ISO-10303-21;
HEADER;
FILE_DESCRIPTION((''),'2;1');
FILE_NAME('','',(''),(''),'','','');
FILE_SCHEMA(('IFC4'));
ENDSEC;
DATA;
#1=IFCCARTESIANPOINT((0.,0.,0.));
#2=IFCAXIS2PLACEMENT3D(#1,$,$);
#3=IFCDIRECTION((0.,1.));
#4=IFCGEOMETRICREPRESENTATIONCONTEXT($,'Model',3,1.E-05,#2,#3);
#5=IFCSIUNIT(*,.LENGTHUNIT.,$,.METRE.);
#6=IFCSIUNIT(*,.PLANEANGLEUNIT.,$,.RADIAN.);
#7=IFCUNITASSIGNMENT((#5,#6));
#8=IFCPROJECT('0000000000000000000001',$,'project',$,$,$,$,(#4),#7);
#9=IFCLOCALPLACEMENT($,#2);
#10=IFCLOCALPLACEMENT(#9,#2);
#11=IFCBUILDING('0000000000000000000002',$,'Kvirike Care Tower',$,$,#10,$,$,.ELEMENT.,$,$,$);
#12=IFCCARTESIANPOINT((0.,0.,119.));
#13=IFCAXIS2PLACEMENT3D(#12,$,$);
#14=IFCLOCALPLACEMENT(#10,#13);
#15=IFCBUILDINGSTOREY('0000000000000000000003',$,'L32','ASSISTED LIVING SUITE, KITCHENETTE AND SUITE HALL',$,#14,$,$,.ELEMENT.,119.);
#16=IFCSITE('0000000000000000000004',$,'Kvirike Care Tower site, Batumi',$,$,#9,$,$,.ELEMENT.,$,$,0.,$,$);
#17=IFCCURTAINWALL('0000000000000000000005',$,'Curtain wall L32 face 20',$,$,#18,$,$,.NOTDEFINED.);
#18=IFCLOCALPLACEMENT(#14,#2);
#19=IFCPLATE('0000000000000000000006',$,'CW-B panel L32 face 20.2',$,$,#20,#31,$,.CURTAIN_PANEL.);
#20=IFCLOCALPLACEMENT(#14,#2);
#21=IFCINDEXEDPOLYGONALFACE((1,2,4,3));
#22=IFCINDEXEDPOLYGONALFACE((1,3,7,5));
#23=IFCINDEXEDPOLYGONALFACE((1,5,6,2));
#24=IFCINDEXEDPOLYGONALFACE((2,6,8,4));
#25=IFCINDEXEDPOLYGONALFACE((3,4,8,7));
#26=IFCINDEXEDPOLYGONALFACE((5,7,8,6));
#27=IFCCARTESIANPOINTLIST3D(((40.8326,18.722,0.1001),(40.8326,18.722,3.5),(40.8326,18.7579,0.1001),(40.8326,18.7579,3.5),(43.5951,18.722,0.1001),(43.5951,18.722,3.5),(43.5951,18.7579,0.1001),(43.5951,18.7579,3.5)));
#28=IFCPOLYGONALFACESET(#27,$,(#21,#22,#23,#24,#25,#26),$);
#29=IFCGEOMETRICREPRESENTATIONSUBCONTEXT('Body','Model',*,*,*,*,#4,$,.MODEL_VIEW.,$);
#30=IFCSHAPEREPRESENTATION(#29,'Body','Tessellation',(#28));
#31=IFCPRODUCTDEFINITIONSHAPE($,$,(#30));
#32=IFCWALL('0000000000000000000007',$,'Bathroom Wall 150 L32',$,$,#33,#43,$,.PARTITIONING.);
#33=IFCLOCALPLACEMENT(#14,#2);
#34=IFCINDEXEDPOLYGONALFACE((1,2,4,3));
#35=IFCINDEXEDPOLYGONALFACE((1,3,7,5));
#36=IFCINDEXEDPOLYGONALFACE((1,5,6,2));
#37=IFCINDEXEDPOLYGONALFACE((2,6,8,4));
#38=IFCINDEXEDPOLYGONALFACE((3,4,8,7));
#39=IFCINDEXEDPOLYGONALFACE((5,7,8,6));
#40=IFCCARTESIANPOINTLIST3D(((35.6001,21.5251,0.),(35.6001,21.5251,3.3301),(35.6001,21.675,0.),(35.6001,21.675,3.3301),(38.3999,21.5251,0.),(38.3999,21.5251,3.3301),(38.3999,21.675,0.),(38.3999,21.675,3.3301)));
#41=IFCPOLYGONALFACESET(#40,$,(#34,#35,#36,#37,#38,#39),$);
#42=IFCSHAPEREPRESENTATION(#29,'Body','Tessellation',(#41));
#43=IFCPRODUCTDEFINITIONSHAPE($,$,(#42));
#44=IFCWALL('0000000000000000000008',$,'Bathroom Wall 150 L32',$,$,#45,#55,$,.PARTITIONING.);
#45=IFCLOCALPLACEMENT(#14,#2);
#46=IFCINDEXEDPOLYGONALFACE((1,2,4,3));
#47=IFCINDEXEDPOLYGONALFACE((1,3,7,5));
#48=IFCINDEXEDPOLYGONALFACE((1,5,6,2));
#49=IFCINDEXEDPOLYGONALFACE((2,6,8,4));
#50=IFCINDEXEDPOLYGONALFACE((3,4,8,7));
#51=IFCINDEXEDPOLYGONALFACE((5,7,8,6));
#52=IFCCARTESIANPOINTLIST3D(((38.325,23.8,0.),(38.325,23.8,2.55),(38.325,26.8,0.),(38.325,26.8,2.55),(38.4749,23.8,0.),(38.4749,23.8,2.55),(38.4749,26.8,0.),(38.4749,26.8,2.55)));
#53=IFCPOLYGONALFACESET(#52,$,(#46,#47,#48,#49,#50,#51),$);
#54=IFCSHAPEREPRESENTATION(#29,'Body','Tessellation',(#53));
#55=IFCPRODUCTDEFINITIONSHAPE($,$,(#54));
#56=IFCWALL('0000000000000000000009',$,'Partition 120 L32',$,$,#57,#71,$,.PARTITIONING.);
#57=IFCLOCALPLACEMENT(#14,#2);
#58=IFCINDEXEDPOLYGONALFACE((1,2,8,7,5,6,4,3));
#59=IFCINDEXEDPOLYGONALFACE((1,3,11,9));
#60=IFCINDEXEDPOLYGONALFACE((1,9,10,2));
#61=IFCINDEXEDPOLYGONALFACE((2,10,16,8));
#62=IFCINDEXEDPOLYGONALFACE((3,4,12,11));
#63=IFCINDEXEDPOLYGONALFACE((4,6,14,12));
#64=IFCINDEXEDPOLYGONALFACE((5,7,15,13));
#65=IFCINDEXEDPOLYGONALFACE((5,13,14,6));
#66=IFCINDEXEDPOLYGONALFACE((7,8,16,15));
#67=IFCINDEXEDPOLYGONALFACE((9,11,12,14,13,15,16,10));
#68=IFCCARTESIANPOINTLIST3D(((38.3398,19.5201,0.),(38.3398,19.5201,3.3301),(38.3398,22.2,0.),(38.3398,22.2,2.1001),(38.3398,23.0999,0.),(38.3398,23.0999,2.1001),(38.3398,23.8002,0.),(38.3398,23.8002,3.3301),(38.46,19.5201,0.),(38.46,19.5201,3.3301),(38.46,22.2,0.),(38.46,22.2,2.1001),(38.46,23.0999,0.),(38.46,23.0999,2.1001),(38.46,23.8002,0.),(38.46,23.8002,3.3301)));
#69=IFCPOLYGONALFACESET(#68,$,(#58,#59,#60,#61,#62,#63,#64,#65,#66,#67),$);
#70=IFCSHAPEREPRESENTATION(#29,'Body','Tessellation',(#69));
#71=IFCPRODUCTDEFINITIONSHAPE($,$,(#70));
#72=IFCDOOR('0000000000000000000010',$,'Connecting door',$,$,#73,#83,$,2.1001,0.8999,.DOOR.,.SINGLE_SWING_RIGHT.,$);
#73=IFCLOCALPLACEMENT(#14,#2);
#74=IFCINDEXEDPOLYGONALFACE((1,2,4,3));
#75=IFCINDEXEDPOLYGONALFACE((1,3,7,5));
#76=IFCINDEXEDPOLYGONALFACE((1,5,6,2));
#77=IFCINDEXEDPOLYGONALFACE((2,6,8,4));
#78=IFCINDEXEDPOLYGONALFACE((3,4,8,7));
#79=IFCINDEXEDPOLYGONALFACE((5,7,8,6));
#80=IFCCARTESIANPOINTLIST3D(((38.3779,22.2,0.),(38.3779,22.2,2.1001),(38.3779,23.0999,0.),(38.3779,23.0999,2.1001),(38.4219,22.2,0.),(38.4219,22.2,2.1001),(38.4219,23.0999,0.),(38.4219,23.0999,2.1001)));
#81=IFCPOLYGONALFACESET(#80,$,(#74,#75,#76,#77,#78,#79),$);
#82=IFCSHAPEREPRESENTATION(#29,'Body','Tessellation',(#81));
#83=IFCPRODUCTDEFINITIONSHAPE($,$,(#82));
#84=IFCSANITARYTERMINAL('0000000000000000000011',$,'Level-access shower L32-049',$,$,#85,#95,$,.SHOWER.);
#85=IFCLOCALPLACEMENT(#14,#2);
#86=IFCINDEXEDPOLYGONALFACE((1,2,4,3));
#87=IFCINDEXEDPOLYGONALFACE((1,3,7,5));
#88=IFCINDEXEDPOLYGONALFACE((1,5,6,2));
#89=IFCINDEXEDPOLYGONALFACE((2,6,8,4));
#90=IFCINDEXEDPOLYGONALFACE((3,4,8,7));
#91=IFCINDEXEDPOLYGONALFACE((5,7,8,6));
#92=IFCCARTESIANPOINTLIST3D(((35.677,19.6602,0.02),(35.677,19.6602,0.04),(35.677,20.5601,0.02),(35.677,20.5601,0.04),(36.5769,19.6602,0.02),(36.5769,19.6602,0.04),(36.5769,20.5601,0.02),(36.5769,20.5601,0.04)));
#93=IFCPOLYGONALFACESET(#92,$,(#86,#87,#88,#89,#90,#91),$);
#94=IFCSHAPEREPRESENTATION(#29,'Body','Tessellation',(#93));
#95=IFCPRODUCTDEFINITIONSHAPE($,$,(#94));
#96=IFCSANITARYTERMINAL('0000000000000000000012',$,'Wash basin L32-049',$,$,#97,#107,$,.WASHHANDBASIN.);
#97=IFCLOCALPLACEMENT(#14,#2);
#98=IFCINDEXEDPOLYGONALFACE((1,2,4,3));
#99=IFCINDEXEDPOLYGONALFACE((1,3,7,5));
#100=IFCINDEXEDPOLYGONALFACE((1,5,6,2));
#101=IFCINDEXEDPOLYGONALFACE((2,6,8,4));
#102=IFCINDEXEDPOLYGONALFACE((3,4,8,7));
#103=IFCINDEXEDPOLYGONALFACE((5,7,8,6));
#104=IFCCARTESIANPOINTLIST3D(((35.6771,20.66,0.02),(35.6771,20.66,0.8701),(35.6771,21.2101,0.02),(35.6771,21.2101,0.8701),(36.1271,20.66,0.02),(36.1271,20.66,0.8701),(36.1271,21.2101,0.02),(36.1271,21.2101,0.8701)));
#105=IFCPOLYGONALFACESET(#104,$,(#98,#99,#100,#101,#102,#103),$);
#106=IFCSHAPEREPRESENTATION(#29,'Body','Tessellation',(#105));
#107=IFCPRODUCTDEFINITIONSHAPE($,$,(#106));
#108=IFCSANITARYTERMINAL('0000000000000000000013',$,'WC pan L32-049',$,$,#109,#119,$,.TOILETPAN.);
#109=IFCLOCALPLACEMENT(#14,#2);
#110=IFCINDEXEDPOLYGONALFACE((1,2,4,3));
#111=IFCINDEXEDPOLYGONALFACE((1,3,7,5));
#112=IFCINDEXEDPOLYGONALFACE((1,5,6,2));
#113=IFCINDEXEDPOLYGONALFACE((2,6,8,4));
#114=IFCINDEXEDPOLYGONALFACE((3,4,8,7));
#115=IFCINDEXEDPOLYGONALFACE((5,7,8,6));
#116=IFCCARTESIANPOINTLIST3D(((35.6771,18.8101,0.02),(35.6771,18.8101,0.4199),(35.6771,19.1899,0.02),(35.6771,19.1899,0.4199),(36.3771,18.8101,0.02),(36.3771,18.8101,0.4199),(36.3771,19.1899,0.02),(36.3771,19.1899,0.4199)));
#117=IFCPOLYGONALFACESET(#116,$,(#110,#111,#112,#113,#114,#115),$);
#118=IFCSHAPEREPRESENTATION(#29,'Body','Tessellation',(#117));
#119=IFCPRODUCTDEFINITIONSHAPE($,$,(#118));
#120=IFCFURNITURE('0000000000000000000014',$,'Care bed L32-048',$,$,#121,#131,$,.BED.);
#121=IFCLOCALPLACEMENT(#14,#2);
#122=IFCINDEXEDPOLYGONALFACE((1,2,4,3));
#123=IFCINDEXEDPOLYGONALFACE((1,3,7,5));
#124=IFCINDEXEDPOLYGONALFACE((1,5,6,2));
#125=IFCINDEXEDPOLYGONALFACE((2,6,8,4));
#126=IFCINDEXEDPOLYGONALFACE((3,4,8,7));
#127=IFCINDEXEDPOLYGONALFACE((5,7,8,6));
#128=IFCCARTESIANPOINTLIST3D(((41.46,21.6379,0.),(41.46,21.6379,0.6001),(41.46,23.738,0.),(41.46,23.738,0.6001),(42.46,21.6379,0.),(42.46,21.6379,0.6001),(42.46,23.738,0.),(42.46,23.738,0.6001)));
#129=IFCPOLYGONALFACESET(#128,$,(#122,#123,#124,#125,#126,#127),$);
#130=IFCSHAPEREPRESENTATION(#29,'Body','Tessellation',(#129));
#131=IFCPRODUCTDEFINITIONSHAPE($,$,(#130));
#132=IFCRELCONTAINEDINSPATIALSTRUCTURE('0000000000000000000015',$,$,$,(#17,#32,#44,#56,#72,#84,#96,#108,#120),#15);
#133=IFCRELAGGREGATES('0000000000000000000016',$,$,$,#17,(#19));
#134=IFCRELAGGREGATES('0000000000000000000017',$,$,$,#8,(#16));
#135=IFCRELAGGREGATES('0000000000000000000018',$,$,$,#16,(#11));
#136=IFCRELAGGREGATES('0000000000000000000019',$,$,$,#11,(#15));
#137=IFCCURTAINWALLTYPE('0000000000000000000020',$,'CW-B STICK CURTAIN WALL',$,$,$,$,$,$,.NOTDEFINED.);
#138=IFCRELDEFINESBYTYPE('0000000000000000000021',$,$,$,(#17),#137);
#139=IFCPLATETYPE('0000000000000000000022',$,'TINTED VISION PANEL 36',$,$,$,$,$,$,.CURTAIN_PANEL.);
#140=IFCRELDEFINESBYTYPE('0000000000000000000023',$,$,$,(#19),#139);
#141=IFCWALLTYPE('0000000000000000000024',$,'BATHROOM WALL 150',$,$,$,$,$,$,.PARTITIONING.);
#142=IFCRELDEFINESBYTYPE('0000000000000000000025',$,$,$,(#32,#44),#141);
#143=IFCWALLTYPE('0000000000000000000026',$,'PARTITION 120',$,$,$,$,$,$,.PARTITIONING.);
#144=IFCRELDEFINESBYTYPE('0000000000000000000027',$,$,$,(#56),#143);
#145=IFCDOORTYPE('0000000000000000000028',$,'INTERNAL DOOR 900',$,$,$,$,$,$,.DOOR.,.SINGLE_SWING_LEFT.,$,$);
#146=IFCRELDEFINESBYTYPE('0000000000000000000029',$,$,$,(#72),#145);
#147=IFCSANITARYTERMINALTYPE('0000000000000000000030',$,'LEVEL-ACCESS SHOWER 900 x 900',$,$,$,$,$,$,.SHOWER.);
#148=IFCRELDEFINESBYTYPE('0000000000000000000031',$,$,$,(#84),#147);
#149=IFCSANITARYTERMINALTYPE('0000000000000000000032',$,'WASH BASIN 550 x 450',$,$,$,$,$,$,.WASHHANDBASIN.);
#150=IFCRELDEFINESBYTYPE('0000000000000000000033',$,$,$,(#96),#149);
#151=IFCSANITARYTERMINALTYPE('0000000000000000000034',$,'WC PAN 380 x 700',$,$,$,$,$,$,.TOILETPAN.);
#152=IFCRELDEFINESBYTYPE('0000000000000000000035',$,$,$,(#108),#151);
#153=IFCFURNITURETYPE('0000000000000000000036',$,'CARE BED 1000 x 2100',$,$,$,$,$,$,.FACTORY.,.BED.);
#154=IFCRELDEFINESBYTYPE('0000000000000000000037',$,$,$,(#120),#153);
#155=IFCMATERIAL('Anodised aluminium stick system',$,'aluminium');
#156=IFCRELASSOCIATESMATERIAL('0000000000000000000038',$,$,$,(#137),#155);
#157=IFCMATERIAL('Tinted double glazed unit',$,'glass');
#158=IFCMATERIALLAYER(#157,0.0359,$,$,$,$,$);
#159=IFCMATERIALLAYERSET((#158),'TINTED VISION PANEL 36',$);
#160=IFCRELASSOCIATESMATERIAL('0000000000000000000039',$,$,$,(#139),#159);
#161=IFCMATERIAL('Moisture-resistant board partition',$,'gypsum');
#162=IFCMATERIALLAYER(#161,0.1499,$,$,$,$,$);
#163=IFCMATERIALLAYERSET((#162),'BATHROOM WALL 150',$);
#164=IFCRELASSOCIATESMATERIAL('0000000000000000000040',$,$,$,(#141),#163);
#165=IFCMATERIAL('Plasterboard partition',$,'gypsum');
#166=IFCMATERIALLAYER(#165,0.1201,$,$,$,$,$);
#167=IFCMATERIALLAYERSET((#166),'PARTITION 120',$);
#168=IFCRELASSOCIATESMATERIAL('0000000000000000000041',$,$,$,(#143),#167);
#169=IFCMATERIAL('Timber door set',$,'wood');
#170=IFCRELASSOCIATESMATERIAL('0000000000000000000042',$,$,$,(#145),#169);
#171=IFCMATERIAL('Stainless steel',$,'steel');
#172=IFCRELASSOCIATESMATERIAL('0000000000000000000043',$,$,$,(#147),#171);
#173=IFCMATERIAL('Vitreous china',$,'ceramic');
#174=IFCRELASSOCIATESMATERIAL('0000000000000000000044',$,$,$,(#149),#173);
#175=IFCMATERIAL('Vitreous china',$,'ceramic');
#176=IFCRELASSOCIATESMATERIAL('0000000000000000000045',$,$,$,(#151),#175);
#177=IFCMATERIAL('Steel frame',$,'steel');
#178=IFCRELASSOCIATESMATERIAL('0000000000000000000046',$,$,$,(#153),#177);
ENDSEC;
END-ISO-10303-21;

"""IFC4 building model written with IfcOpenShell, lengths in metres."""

from ifc_helpers import new_model, si_unit, direction, frame, frame_2d, origin, origin_2d, place, context, subcontext, project, spatial, rectangle, extrude, material, layer, layer_set, type_object, element, fill, aggregate, save


model = new_model("IFC4")

# Units and contexts
model_context = context("Model", 3, precision=1e-05, world=origin(), true_north=direction((0.0, 1.0)))
body_context = subcontext(model_context, "Body", "Model", "MODEL_VIEW")
ifc_project = project(units=[si_unit("LENGTHUNIT", "METRE"), si_unit("PLANEANGLEUNIT", "RADIAN")], contexts=[model_context])

# Site, building, storey
site_placement = place(None, origin())
site = spatial("IfcSite", under=ifc_project, at=site_placement, Name="Kvirike Care Tower site, Batumi", CompositionType="ELEMENT", RefElevation=0.0)
building_placement = place(site_placement, origin())
building = spatial("IfcBuilding", under=site, at=building_placement, Name="Kvirike Care Tower", CompositionType="ELEMENT")
storey_placement = place(building_placement, frame((0.0, 0.0, 119.0)))
storey = spatial("IfcBuildingStorey", under=building, at=storey_placement, Name="L32", Description="ASSISTED LIVING SUITE, KITCHENETTE AND SUITE HALL", CompositionType="ELEMENT", Elevation=119.0)

# Shared definitions
ifc_material_1 = material(Name="Anodised aluminium stick system", Category="aluminium")
curtain_wall_type = type_object("IfcCurtainWallType", Name="CW-B STICK CURTAIN WALL", PredefinedType="NOTDEFINED", material=ifc_material_1)

# Curtain wall
curtain_wall_1_placement = place(storey_placement, origin())
curtain_wall_1 = element("IfcCurtainWall", 1, at=curtain_wall_1_placement, inside=storey, type_object=curtain_wall_type, Name="Curtain wall L32 face 20", PredefinedType="NOTDEFINED")

# Plate
ifc_material_2 = material(Name="Tinted double glazed unit", Category="glass")
ifc_layer_1 = layer(ifc_material_2, 0.0359)
ifc_layer_set_1 = layer_set([ifc_layer_1], Name="TINTED VISION PANEL 36")
plate_type = type_object("IfcPlateType", Name="TINTED VISION PANEL 36", PredefinedType="CURTAIN_PANEL", material=ifc_layer_set_1)
plate_1_placement = place(storey_placement, frame((42.2139, 18.74, 0.1001), z_axis=(0.0, 0.0, 1.0), x_axis=(1.0, 0.0, 0.0)))
plate_1 = element("IfcPlate", 2, at=plate_1_placement, type_object=plate_type, Name="CW-B panel L32 face 20.2", PredefinedType="CURTAIN_PANEL", context=body_context, shape_type="SweptSolid", body=[
    extrude(rectangle(XDim=2.7625, YDim=0.0359, at=origin_2d()), origin(), (0.0, 0.0, 1.0), 3.3999),
])
aggregate(curtain_wall_1, [plate_1])

# Walls
ifc_material_3 = material(Name="Moisture-resistant board partition", Category="gypsum")
ifc_layer_2 = layer(ifc_material_3, 0.1499)
ifc_layer_set_2 = layer_set([ifc_layer_2], Name="BATHROOM WALL 150")
wall_type_1 = type_object("IfcWallType", Name="BATHROOM WALL 150", PredefinedType="PARTITIONING", material=ifc_layer_set_2)
wall_1_placement = place(storey_placement, frame((35.6001, 21.6001, 0.0), z_axis=(0.0, 0.0, 1.0), x_axis=(1.0, 0.0, 0.0)))
element("IfcWall", 3, at=wall_1_placement, inside=storey, type_object=wall_type_1, Name="Bathroom Wall 150 L32", PredefinedType="PARTITIONING", context=body_context, shape_type="SweptSolid", body=[
    extrude(rectangle(XDim=2.7998, YDim=0.1499, at=frame_2d((1.3999, 0.0))), origin(), (0.0, 0.0, 1.0), 3.3301),
])
wall_2_placement = place(storey_placement, frame((38.3999, 23.8, 0.0), z_axis=(0.0, 0.0, 1.0), x_axis=(0.0, 1.0, 0.0)))
element("IfcWall", 4, at=wall_2_placement, inside=storey, type_object=wall_type_1, Name="Bathroom Wall 150 L32", PredefinedType="PARTITIONING", context=body_context, shape_type="SweptSolid", body=[
    extrude(rectangle(XDim=3.0, YDim=0.1499, at=frame_2d((1.5, 0.0))), origin(), (0.0, 0.0, 1.0), 2.55),
])

# Wall, opening, door
ifc_material_4 = material(Name="Plasterboard partition", Category="gypsum")
ifc_layer_3 = layer(ifc_material_4, 0.1201)
ifc_layer_set_3 = layer_set([ifc_layer_3], Name="PARTITION 120")
wall_type_2 = type_object("IfcWallType", Name="PARTITION 120", PredefinedType="PARTITIONING", material=ifc_layer_set_3)
wall_3_placement = place(storey_placement, frame((38.3999, 19.52, 0.0), z_axis=(0.0, 0.0, 1.0), x_axis=(0.0, 1.0, 0.0)))
wall_3 = element("IfcWall", 5, at=wall_3_placement, inside=storey, type_object=wall_type_2, Name="Partition 120 L32", PredefinedType="PARTITIONING", context=body_context, shape_type="SweptSolid", body=[
    extrude(rectangle(XDim=4.28, YDim=0.1201, at=frame_2d((2.1401, 0.0))), origin(), (0.0, 0.0, 1.0), 3.3301),
])
opening_placement = place(wall_3_placement, frame((2.6799, 0.0, 0.0)))
opening = element("IfcOpeningElement", 6, at=opening_placement, cuts=wall_3, PredefinedType="OPENING", context=body_context, shape_type="SweptSolid", body=[
    extrude(rectangle(XDim=0.8999, YDim=2.1001, at=frame_2d((0.45, 1.05))), frame((0.0, 0.0706, 0.0), z_axis=(0.0, -1.0, 0.0), x_axis=(1.0, 0.0, 0.0)), (0.0, 0.0, 1.0), 0.1411),
])
ifc_material_5 = material(Name="Timber door set", Category="wood")
door_type = type_object("IfcDoorType", Name="INTERNAL DOOR 900", OperationType="SINGLE_SWING_LEFT", PredefinedType="DOOR", material=ifc_material_5)
door_placement = place(opening_placement, frame((0.8999, 0.0, 0.0), z_axis=(0.0, 0.0, 1.0), x_axis=(-1.0, 0.0, 0.0)))
door = element("IfcDoor", 7, at=door_placement, inside=storey, type_object=door_type, Name="Connecting door", OperationType="SINGLE_SWING_RIGHT", OverallHeight=2.1001, OverallWidth=0.8999, PredefinedType="DOOR", context=body_context, shape_type="SweptSolid", body=[
    extrude(rectangle(XDim=0.8999, YDim=2.1001, at=frame_2d((0.45, 1.05))), frame((0.0, 0.022, 0.0), z_axis=(0.0, -1.0, 0.0), x_axis=(1.0, 0.0, 0.0)), (0.0, 0.0, 1.0), 0.0439),
])
fill(opening, door)

# Sanitary terminals
ifc_material_6 = material(Name="Stainless steel", Category="steel")
sanitary_terminal_type_1 = type_object("IfcSanitaryTerminalType", Name="LEVEL-ACCESS SHOWER 900 x 900", PredefinedType="SHOWER", material=ifc_material_6)
sanitary_terminal_1_placement = place(storey_placement, frame((36.127, 20.1101, 0.02), z_axis=(0.0, 0.0, 1.0), x_axis=(0.0, 1.0, 0.0)))
element("IfcSanitaryTerminal", 8, at=sanitary_terminal_1_placement, inside=storey, type_object=sanitary_terminal_type_1, Name="Level-access shower L32-049", PredefinedType="SHOWER", context=body_context, shape_type="SweptSolid", body=[
    extrude(rectangle(XDim=0.8999, YDim=0.8999, at=origin_2d()), origin(), (0.0, 0.0, 1.0), 0.02),
])
ifc_material_7 = material(Name="Vitreous china", Category="ceramic")
sanitary_terminal_type_2 = type_object("IfcSanitaryTerminalType", Name="WASH BASIN 550 x 450", PredefinedType="WASHHANDBASIN", material=ifc_material_7)
sanitary_terminal_2_placement = place(storey_placement, frame((35.9021, 20.9351, 0.02), z_axis=(0.0, 0.0, 1.0), x_axis=(0.0, 1.0, 0.0)))
element("IfcSanitaryTerminal", 9, at=sanitary_terminal_2_placement, inside=storey, type_object=sanitary_terminal_type_2, Name="Wash basin L32-049", PredefinedType="WASHHANDBASIN", context=body_context, shape_type="SweptSolid", body=[
    extrude(rectangle(XDim=0.55, YDim=0.45, at=origin_2d()), origin(), (0.0, 0.0, 1.0), 0.8501),
])
ifc_material_8 = material(Name="Vitreous china", Category="ceramic")
sanitary_terminal_type_3 = type_object("IfcSanitaryTerminalType", Name="WC PAN 380 x 700", PredefinedType="TOILETPAN", material=ifc_material_8)
sanitary_terminal_3_placement = place(storey_placement, frame((36.0271, 19.0, 0.02), z_axis=(0.0, 0.0, 1.0), x_axis=(0.0, 1.0, 0.0)))
element("IfcSanitaryTerminal", 10, at=sanitary_terminal_3_placement, inside=storey, type_object=sanitary_terminal_type_3, Name="WC pan L32-049", PredefinedType="TOILETPAN", context=body_context, shape_type="SweptSolid", body=[
    extrude(rectangle(XDim=0.3799, YDim=0.7, at=origin_2d()), origin(), (0.0, 0.0, 1.0), 0.3999),
])

# Furniture
ifc_material_9 = material(Name="Steel frame", Category="steel")
furniture_type = type_object("IfcFurnitureType", Name="CARE BED 1000 x 2100", AssemblyPlace="FACTORY", PredefinedType="BED", material=ifc_material_9)
furniture_placement = place(storey_placement, frame((41.96, 22.688, 0.0), z_axis=(0.0, 0.0, 1.0), x_axis=(1.0, 0.0, 0.0)))
element("IfcFurniture", 11, at=furniture_placement, inside=storey, type_object=furniture_type, Name="Care bed L32-048", PredefinedType="BED", context=body_context, shape_type="SweptSolid", body=[
    extrude(rectangle(XDim=1.0, YDim=2.1001, at=origin_2d()), origin(), (0.0, 0.0, 1.0), 0.6001),
])

save(model, "model.ifc")
